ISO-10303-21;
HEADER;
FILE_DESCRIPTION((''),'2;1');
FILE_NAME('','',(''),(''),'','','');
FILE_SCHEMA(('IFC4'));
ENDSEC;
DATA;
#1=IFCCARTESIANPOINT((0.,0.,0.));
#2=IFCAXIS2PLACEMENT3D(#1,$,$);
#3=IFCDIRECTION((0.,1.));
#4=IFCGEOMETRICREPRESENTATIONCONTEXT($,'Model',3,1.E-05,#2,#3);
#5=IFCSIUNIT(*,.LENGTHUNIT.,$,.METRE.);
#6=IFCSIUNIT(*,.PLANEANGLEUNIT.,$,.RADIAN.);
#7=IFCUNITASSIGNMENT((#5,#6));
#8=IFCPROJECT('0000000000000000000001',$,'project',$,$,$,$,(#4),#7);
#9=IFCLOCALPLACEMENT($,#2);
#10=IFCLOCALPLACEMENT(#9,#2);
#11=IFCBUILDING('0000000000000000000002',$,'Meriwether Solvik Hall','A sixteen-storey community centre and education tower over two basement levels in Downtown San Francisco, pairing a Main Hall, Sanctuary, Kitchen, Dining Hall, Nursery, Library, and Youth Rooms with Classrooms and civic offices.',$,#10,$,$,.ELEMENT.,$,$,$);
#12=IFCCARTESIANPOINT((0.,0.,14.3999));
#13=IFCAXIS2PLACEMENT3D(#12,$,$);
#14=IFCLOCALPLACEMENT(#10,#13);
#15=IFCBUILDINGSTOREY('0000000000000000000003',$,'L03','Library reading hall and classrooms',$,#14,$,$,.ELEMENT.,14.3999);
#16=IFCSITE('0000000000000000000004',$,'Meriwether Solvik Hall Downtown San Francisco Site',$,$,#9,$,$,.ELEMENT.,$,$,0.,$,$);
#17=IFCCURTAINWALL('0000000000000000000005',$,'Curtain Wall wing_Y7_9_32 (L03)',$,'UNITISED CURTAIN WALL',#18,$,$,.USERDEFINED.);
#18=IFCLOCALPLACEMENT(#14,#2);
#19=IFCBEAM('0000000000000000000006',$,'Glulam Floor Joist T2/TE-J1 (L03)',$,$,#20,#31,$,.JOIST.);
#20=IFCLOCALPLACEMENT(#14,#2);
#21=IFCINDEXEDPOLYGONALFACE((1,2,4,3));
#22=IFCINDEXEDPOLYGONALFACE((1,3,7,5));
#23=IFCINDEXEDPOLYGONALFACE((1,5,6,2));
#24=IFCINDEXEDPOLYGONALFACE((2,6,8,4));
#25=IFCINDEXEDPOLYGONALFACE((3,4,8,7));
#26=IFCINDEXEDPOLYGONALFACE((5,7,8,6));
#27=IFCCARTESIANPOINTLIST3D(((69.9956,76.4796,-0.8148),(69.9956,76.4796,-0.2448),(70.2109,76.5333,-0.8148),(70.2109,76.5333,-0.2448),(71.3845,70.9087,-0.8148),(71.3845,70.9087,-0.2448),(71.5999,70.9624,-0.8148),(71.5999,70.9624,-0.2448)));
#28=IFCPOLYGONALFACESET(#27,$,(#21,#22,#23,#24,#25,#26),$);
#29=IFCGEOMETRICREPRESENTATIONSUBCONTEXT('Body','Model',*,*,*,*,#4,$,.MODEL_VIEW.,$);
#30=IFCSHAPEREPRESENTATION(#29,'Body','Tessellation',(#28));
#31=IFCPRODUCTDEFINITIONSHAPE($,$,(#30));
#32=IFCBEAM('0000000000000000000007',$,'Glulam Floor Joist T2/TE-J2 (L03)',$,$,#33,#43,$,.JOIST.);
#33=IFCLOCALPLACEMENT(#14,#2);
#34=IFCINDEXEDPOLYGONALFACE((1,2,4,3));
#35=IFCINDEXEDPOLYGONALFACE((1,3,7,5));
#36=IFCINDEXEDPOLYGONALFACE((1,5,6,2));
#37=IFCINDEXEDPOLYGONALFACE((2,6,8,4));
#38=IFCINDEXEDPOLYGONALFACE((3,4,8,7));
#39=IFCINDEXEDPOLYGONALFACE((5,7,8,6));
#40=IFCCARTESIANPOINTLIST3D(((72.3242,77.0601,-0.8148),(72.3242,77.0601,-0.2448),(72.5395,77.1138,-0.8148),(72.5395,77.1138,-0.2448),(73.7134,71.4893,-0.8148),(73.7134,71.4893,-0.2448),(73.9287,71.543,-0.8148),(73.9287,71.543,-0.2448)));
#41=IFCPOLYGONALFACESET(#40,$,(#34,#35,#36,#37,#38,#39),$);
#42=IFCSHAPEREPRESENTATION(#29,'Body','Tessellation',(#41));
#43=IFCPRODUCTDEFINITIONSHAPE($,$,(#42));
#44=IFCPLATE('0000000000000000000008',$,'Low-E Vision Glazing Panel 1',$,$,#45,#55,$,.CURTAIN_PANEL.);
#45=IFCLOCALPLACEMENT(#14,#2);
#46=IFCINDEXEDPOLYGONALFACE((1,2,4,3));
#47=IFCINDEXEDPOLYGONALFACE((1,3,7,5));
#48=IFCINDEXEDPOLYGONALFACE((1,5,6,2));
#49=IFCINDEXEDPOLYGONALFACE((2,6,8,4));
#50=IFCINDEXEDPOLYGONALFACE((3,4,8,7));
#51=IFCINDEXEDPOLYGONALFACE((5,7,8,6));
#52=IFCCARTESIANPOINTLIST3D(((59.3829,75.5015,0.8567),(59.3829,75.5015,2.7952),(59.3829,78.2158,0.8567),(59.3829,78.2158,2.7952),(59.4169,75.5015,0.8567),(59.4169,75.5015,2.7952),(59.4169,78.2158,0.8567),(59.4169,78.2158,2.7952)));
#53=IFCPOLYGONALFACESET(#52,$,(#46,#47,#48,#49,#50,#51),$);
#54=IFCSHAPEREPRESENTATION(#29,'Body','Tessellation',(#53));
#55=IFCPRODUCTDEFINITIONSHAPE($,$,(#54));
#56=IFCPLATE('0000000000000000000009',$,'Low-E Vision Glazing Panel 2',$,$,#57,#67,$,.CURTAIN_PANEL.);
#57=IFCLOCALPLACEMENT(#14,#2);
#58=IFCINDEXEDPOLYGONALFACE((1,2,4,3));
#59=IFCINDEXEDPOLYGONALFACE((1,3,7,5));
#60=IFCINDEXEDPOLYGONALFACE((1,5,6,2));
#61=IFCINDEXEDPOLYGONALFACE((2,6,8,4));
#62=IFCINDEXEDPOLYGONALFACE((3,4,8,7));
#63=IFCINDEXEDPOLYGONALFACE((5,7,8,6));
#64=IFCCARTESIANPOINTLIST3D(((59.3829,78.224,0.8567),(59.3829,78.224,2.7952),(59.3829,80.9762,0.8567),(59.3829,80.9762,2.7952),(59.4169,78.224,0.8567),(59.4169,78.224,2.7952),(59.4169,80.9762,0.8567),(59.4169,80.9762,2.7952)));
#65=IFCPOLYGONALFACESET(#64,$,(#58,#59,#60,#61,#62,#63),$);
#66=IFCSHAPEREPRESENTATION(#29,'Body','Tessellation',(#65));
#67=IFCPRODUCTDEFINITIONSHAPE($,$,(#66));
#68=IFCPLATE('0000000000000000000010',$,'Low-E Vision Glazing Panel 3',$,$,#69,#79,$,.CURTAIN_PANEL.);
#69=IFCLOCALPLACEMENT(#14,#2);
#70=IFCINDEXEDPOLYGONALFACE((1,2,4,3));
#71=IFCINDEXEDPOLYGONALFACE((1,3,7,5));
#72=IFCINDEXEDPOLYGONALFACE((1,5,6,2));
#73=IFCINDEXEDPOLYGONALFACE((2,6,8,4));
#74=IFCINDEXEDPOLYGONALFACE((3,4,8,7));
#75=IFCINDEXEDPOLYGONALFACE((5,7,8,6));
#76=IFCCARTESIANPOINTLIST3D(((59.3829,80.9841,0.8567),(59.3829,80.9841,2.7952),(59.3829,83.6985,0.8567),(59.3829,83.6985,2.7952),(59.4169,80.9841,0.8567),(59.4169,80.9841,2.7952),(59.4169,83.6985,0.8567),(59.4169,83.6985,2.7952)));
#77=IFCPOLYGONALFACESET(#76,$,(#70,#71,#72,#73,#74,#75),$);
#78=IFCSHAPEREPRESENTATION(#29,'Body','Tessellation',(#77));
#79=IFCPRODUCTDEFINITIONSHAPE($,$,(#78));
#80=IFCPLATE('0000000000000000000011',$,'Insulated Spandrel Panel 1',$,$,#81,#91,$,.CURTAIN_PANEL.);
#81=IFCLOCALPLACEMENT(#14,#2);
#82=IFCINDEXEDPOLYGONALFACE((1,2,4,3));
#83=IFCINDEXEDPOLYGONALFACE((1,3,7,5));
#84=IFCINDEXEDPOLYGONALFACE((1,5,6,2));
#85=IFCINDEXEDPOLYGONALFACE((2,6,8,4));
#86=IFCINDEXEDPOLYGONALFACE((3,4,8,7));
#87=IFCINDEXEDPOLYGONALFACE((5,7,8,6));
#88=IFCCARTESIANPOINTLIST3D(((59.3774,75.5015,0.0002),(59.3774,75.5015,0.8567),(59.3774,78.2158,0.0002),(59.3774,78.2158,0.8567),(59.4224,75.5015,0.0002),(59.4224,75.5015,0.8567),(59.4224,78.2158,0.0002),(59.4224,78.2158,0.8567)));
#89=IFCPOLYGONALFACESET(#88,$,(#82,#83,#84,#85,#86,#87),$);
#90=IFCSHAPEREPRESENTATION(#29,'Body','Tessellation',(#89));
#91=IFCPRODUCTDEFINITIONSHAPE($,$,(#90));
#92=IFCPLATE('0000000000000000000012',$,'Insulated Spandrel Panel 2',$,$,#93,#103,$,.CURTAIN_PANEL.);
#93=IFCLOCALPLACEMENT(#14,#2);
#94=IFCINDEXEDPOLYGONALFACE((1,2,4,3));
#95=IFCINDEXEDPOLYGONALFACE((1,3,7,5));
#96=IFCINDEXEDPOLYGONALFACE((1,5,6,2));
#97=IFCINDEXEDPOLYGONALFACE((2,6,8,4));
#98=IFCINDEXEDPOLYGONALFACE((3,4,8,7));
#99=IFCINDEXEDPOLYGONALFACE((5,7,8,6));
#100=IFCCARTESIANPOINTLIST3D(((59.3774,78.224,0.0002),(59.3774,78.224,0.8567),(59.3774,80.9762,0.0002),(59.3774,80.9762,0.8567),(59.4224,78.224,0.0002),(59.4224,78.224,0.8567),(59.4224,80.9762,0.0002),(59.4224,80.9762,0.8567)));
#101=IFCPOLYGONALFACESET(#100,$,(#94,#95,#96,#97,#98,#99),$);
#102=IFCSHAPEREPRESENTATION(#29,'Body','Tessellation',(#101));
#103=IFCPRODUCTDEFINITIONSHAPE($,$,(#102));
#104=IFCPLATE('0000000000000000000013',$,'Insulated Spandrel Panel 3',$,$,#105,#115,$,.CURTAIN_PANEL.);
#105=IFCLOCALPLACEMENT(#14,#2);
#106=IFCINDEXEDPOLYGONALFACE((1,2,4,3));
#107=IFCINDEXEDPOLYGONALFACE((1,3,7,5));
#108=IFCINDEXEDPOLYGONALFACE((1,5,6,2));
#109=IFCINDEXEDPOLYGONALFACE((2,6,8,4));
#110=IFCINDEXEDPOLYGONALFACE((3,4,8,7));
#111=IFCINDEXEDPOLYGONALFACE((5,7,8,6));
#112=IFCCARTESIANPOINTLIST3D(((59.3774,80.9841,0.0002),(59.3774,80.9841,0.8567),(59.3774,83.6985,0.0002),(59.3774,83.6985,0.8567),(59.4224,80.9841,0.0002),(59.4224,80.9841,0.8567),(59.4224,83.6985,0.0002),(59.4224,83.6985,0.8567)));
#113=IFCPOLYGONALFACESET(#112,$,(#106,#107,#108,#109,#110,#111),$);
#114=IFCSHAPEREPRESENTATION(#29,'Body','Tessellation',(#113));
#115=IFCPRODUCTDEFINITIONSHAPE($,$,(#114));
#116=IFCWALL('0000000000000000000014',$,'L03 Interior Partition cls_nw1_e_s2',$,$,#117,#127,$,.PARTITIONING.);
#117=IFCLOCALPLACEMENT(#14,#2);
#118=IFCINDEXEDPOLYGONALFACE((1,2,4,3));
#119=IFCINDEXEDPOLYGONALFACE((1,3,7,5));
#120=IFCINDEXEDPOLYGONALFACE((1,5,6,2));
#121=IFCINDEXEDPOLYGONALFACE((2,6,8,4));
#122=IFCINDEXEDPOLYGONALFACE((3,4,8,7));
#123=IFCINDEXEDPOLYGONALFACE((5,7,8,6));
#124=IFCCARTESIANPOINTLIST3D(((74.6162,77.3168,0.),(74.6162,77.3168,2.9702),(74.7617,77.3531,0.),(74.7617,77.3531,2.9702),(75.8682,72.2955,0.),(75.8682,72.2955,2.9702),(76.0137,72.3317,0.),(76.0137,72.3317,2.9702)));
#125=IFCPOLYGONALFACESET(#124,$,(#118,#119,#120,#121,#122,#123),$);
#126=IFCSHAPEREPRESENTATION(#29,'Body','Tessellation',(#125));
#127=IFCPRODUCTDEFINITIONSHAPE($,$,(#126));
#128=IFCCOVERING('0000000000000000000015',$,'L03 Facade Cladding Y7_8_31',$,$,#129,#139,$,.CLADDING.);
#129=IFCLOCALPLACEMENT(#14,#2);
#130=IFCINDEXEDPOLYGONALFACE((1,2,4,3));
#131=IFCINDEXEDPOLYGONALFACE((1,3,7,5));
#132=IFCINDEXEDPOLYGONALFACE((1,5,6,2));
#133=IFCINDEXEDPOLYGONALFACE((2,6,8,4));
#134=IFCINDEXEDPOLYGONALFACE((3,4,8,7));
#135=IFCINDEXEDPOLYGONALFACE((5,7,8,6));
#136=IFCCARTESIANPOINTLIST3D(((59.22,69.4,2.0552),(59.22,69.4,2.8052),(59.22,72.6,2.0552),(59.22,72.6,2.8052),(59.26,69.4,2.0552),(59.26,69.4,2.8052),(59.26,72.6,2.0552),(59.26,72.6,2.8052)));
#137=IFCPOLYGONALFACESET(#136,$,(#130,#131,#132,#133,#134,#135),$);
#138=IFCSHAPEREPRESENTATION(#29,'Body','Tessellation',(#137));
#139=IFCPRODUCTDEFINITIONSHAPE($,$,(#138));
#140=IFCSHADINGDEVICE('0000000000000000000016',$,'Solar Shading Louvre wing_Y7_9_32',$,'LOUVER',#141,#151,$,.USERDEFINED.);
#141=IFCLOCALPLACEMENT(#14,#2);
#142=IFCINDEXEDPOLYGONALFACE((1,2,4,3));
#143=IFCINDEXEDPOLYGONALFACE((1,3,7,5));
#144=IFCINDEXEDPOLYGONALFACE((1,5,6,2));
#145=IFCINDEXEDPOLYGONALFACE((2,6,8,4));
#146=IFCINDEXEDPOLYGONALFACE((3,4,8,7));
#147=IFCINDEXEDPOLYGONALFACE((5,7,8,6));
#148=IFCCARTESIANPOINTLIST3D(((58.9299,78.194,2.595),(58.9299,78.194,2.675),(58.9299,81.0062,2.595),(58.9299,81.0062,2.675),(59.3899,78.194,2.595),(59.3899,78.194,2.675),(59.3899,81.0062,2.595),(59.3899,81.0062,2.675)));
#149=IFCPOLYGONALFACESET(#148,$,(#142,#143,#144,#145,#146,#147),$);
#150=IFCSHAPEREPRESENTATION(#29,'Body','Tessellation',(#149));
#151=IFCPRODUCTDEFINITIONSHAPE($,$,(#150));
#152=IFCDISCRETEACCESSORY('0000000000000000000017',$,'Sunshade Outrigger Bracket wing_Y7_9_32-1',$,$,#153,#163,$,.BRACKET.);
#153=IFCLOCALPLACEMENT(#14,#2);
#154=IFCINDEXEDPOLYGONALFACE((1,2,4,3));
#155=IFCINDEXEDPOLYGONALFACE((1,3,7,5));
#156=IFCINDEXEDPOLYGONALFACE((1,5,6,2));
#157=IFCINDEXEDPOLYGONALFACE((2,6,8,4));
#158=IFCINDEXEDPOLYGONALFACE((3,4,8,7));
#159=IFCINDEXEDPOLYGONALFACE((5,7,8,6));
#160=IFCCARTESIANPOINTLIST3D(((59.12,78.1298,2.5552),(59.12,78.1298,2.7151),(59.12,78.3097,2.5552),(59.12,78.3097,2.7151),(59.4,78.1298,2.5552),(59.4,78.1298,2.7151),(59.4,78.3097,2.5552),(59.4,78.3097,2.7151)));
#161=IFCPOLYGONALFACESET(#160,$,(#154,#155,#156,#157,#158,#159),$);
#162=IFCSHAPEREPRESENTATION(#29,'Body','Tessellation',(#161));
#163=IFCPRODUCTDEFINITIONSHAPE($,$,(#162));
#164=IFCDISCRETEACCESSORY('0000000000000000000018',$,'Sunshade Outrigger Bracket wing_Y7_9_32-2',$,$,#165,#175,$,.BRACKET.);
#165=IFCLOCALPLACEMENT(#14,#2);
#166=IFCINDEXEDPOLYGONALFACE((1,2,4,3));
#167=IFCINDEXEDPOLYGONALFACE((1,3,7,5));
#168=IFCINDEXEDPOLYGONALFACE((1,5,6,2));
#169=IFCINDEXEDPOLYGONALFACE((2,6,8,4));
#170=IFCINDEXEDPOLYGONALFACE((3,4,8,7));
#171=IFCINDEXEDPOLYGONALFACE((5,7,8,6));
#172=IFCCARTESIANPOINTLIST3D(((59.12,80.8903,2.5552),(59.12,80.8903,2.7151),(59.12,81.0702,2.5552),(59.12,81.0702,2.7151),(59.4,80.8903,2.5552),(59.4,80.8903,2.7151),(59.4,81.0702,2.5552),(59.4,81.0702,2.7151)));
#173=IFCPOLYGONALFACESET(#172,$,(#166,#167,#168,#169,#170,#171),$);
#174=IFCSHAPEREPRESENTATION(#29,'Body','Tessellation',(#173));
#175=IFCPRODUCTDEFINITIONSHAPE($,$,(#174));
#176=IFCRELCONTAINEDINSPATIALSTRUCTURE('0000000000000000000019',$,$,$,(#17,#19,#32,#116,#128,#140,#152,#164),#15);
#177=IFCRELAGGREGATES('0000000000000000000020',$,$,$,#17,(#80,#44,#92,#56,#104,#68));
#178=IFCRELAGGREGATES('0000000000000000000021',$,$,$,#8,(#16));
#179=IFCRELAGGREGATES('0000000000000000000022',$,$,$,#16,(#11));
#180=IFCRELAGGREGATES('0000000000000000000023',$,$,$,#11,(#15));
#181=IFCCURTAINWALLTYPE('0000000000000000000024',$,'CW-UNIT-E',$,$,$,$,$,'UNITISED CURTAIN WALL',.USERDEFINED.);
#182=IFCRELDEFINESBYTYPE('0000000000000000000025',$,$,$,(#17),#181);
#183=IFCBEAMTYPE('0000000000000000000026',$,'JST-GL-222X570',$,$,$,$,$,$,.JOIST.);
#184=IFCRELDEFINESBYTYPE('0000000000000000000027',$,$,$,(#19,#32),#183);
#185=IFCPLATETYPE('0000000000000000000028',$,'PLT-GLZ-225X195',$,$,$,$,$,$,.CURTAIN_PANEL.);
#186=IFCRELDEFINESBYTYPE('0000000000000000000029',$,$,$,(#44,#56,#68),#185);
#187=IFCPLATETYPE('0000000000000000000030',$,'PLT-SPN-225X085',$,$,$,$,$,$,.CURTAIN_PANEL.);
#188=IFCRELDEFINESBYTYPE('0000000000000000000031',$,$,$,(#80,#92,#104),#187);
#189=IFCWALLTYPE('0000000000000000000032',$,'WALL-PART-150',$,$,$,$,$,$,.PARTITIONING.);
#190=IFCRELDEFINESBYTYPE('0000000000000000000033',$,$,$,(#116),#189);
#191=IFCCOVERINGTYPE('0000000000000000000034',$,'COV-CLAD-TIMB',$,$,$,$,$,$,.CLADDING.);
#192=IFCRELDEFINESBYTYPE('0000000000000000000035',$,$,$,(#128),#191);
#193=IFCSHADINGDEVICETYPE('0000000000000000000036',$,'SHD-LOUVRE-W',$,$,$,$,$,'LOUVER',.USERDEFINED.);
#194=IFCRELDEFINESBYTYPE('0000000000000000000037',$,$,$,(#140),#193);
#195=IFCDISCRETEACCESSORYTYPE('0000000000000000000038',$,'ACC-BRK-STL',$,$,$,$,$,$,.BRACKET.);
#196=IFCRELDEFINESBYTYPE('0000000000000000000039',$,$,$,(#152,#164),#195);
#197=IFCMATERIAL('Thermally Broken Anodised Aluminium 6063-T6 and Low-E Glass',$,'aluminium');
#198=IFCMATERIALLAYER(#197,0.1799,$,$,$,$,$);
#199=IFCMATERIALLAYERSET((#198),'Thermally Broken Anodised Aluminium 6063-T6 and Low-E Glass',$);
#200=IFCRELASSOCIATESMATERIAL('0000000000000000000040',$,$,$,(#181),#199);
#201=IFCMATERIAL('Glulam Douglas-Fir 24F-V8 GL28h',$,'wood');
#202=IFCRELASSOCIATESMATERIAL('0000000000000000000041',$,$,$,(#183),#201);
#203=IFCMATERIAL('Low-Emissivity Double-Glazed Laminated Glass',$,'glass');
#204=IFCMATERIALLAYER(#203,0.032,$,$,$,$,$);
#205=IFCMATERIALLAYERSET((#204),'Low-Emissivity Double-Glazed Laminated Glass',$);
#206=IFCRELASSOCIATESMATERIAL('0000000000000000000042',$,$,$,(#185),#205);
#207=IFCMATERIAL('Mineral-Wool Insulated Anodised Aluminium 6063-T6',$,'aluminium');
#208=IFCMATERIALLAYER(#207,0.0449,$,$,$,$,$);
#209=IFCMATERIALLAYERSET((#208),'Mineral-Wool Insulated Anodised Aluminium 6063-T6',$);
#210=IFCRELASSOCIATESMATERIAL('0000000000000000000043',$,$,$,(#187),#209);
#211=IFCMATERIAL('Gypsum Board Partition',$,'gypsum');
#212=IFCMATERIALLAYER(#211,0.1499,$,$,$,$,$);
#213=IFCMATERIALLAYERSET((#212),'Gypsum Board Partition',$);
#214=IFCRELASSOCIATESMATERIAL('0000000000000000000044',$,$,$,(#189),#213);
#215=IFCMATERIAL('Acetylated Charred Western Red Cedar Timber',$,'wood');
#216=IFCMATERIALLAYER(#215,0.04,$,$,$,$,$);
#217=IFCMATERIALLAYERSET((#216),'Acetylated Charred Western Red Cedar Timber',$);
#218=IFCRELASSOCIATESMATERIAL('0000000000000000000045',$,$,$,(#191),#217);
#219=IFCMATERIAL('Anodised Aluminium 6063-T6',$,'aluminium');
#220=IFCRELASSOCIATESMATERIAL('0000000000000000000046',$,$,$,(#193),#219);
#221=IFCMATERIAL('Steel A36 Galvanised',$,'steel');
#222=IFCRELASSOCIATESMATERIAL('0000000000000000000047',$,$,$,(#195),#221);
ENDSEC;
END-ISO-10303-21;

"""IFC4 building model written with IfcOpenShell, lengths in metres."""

from ifc_helpers import new_model, si_unit, direction, frame, frame_2d, origin, origin_2d, place, context, subcontext, project, spatial, rectangle, extrude, material, layer, layer_set, material_profile, profile_set, type_object, element, aggregate, save


model = new_model("IFC4")

# Units and contexts
model_context = context("Model", 3, precision=1e-05, world=origin(), true_north=direction((0.0, 1.0)))
body_context = subcontext(model_context, "Body", "Model", "MODEL_VIEW")
ifc_project = project(units=[si_unit("LENGTHUNIT", "METRE"), si_unit("PLANEANGLEUNIT", "RADIAN")], contexts=[model_context])

# Site, building, storey
site_placement = place(None, origin())
site = spatial("IfcSite", under=ifc_project, at=site_placement, Name="Meriwether Solvik Hall Downtown San Francisco Site", CompositionType="ELEMENT", RefElevation=0.0)
building_placement = place(site_placement, origin())
building = spatial("IfcBuilding", under=site, at=building_placement, Name="Meriwether Solvik Hall", Description="A sixteen-storey community centre and education tower over two basement levels in Downtown San Francisco, pairing a Main Hall, Sanctuary, Kitchen, Dining Hall, Nursery, Library, and Youth Rooms with Classrooms and civic offices.", CompositionType="ELEMENT")
storey_placement = place(building_placement, frame((0.0, 0.0, 14.3999)))
storey = spatial("IfcBuildingStorey", under=building, at=storey_placement, Name="L03", Description="Library reading hall and classrooms", CompositionType="ELEMENT", Elevation=14.3999)

# Curtain wall
ifc_material_1 = material(Name="Thermally Broken Anodised Aluminium 6063-T6 and Low-E Glass", Category="aluminium")
ifc_layer_1 = layer(ifc_material_1, 0.1799)
ifc_layer_set_1 = layer_set([ifc_layer_1], Name="Thermally Broken Anodised Aluminium 6063-T6 and Low-E Glass")
curtain_wall_type = type_object("IfcCurtainWallType", Name="CW-UNIT-E", ElementType="UNITISED CURTAIN WALL", PredefinedType="USERDEFINED", material=ifc_layer_set_1)
curtain_wall_placement = place(storey_placement, origin())
curtain_wall = element("IfcCurtainWall", 1, at=curtain_wall_placement, inside=storey, type_object=curtain_wall_type, Name="Curtain Wall wing_Y7_9_32 (L03)", ObjectType="UNITISED CURTAIN WALL", PredefinedType="USERDEFINED")

# Beams
ifc_material_2 = material(Name="Glulam Douglas-Fir 24F-V8 GL28h", Category="wood")
ifc_material_profile_1 = material_profile(ifc_material_2, rectangle(XDim=0.2219, YDim=0.5701, at=origin_2d()), Name="GLJ-222X570")
ifc_profile_set_1 = profile_set([ifc_material_profile_1], Name="Glulam Douglas-Fir 24F-V8 GL28h")
beam_type_1 = type_object("IfcBeamType", Name="JST-GL-222X570", PredefinedType="JOIST", material=ifc_profile_set_1)
for number, where, z_axis, x_axis, name in (
    (2, (71.4922, 70.9355, -0.5298), (-0.241915, 0.970297, 0.0), (-0.970297, -0.241915, 0.0), "Glulam Floor Joist T2/TE-J1 (L03)"),
    (3, (73.821, 71.5161, -0.5298), (-0.241955, 0.970287, 0.0), (-0.970287, -0.241955, 0.0), "Glulam Floor Joist T2/TE-J2 (L03)"),
):
    element("IfcBeam", number, at=place(storey_placement, frame(where, z_axis=z_axis, x_axis=x_axis)), inside=storey, type_object=beam_type_1, Name=name, PredefinedType="JOIST", context=body_context, shape_type="SweptSolid", body=[
        extrude(rectangle(XDim=0.2219, YDim=0.5701, at=origin_2d()), origin(), (0.0, 0.0, 1.0), 5.7415),
    ])

# Plates
ifc_material_3 = material(Name="Low-Emissivity Double-Glazed Laminated Glass", Category="glass")
ifc_layer_2 = layer(ifc_material_3, 0.032)
ifc_layer_set_2 = layer_set([ifc_layer_2], Name="Low-Emissivity Double-Glazed Laminated Glass")
plate_type_1 = type_object("IfcPlateType", Name="PLT-GLZ-225X195", PredefinedType="CURTAIN_PANEL", material=ifc_layer_set_2)
plate_1_placement = place(storey_placement, frame((59.3999, 76.8586, 0.8567), z_axis=(0.0, 0.0, 1.0), x_axis=(0.0, 1.0, 0.0)))
plate_1 = element("IfcPlate", 4, at=plate_1_placement, type_object=plate_type_1, Name="Low-E Vision Glazing Panel 1", PredefinedType="CURTAIN_PANEL", context=body_context, shape_type="SweptSolid", body=[
    extrude(rectangle(XDim=2.7144, YDim=0.0339, at=origin_2d()), origin(), (0.0, 0.0, 1.0), 1.9385),
])
plate_2_placement = place(storey_placement, frame((59.3999, 79.6001, 0.8567), z_axis=(0.0, 0.0, 1.0), x_axis=(0.0, 1.0, 0.0)))
plate_2 = element("IfcPlate", 5, at=plate_2_placement, type_object=plate_type_1, Name="Low-E Vision Glazing Panel 2", PredefinedType="CURTAIN_PANEL", context=body_context, shape_type="SweptSolid", body=[
    extrude(rectangle(XDim=2.7522, YDim=0.0339, at=origin_2d()), origin(), (0.0, 0.0, 1.0), 1.9385),
])
plate_3_placement = place(storey_placement, frame((59.3999, 82.3413, 0.8567), z_axis=(0.0, 0.0, 1.0), x_axis=(0.0, 1.0, 0.0)))
plate_3 = element("IfcPlate", 6, at=plate_3_placement, type_object=plate_type_1, Name="Low-E Vision Glazing Panel 3", PredefinedType="CURTAIN_PANEL", context=body_context, shape_type="SweptSolid", body=[
    extrude(rectangle(XDim=2.7144, YDim=0.0339, at=origin_2d()), origin(), (0.0, 0.0, 1.0), 1.9385),
])
ifc_material_4 = material(Name="Mineral-Wool Insulated Anodised Aluminium 6063-T6", Category="aluminium")
ifc_layer_3 = layer(ifc_material_4, 0.0449)
ifc_layer_set_3 = layer_set([ifc_layer_3], Name="Mineral-Wool Insulated Anodised Aluminium 6063-T6")
plate_type_2 = type_object("IfcPlateType", Name="PLT-SPN-225X085", PredefinedType="CURTAIN_PANEL", material=ifc_layer_set_3)
plate_4_placement = place(storey_placement, frame((59.3999, 76.8586, 0.0002), z_axis=(0.0, 0.0, 1.0), x_axis=(0.0, 1.0, 0.0)))
plate_4 = element("IfcPlate", 7, at=plate_4_placement, type_object=plate_type_2, Name="Insulated Spandrel Panel 1", PredefinedType="CURTAIN_PANEL", context=body_context, shape_type="SweptSolid", body=[
    extrude(rectangle(XDim=2.7144, YDim=0.0449, at=origin_2d()), origin(), (0.0, 0.0, 1.0), 0.8564),
])
plate_5_placement = place(storey_placement, frame((59.3999, 79.6001, 0.0002), z_axis=(0.0, 0.0, 1.0), x_axis=(0.0, 1.0, 0.0)))
plate_5 = element("IfcPlate", 8, at=plate_5_placement, type_object=plate_type_2, Name="Insulated Spandrel Panel 2", PredefinedType="CURTAIN_PANEL", context=body_context, shape_type="SweptSolid", body=[
    extrude(rectangle(XDim=2.7522, YDim=0.0449, at=origin_2d()), origin(), (0.0, 0.0, 1.0), 0.8564),
])
plate_6_placement = place(storey_placement, frame((59.3999, 82.3413, 0.0002), z_axis=(0.0, 0.0, 1.0), x_axis=(0.0, 1.0, 0.0)))
plate_6 = element("IfcPlate", 9, at=plate_6_placement, type_object=plate_type_2, Name="Insulated Spandrel Panel 3", PredefinedType="CURTAIN_PANEL", context=body_context, shape_type="SweptSolid", body=[
    extrude(rectangle(XDim=2.7144, YDim=0.0449, at=origin_2d()), origin(), (0.0, 0.0, 1.0), 0.8564),
])
aggregate(curtain_wall, [plate_4, plate_1, plate_5, plate_2, plate_6, plate_3])

# Wall
ifc_material_5 = material(Name="Gypsum Board Partition", Category="gypsum")
ifc_layer_4 = layer(ifc_material_5, 0.1499)
ifc_layer_set_4 = layer_set([ifc_layer_4], Name="Gypsum Board Partition")
wall_type = type_object("IfcWallType", Name="WALL-PART-150", PredefinedType="PARTITIONING", material=ifc_layer_set_4)
wall_placement = place(storey_placement, frame((75.9409, 72.3137, 0.0), z_axis=(0.0, 0.0, 1.0), x_axis=(-0.241925, 0.970295, 0.0)))
element("IfcWall", 10, at=wall_placement, inside=storey, type_object=wall_type, Name="L03 Interior Partition cls_nw1_e_s2", PredefinedType="PARTITIONING", context=body_context, shape_type="SweptSolid", body=[
    extrude(rectangle(XDim=5.175, YDim=0.1499, at=frame_2d((2.5874, 0.0))), origin(), (0.0, 0.0, 1.0), 2.9702),
])

# Covering
ifc_material_6 = material(Name="Acetylated Charred Western Red Cedar Timber", Category="wood")
ifc_layer_5 = layer(ifc_material_6, 0.04)
ifc_layer_set_5 = layer_set([ifc_layer_5], Name="Acetylated Charred Western Red Cedar Timber")
covering_type = type_object("IfcCoveringType", Name="COV-CLAD-TIMB", PredefinedType="CLADDING", material=ifc_layer_set_5)
covering_placement = place(storey_placement, frame((59.24, 71.0, 2.0552), z_axis=(0.0, 0.0, 1.0), x_axis=(0.0, 1.0, 0.0)))
element("IfcCovering", 11, at=covering_placement, inside=storey, type_object=covering_type, Name="L03 Facade Cladding Y7_8_31", PredefinedType="CLADDING", context=body_context, shape_type="SweptSolid", body=[
    extrude(rectangle(XDim=3.2, YDim=0.04, at=origin_2d()), origin(), (0.0, 0.0, 1.0), 0.75),
])

# Shading device
ifc_material_7 = material(Name="Anodised Aluminium 6063-T6", Category="aluminium")
shading_device_type = type_object("IfcShadingDeviceType", Name="SHD-LOUVRE-W", ElementType="LOUVER", PredefinedType="USERDEFINED", material=ifc_material_7)
shading_device_placement = place(storey_placement, frame((59.1599, 79.6001, 2.595), z_axis=(0.0, 0.0, 1.0), x_axis=(0.0, 1.0, 0.0)))
element("IfcShadingDevice", 12, at=shading_device_placement, inside=storey, type_object=shading_device_type, Name="Solar Shading Louvre wing_Y7_9_32", ObjectType="LOUVER", PredefinedType="USERDEFINED", context=body_context, shape_type="SweptSolid", body=[
    extrude(rectangle(XDim=2.8123, YDim=0.46, at=origin_2d()), origin(), (0.0, 0.0, 1.0), 0.0801),
])

# Discrete accessories
ifc_material_8 = material(Name="Steel A36 Galvanised", Category="steel")
discrete_accessory_type = type_object("IfcDiscreteAccessoryType", Name="ACC-BRK-STL", PredefinedType="BRACKET", material=ifc_material_8)
for number, where, z_axis, x_axis, name in (
    (13, (59.26, 78.2197, 2.5552), (0.0, 0.0, 1.0), (0.0, 1.0, 0.0), "Sunshade Outrigger Bracket wing_Y7_9_32-1"),
    (14, (59.26, 80.9802, 2.5552), (0.0, 0.0, 1.0), (0.0, 1.0, 0.0), "Sunshade Outrigger Bracket wing_Y7_9_32-2"),
):
    element("IfcDiscreteAccessory", number, at=place(storey_placement, frame(where, z_axis=z_axis, x_axis=x_axis)), inside=storey, type_object=discrete_accessory_type, Name=name, PredefinedType="BRACKET", context=body_context, shape_type="SweptSolid", body=[
        extrude(rectangle(XDim=0.1799, YDim=0.28, at=origin_2d()), origin(), (0.0, 0.0, 1.0), 0.1599),
    ])

save(model, "model.ifc")
